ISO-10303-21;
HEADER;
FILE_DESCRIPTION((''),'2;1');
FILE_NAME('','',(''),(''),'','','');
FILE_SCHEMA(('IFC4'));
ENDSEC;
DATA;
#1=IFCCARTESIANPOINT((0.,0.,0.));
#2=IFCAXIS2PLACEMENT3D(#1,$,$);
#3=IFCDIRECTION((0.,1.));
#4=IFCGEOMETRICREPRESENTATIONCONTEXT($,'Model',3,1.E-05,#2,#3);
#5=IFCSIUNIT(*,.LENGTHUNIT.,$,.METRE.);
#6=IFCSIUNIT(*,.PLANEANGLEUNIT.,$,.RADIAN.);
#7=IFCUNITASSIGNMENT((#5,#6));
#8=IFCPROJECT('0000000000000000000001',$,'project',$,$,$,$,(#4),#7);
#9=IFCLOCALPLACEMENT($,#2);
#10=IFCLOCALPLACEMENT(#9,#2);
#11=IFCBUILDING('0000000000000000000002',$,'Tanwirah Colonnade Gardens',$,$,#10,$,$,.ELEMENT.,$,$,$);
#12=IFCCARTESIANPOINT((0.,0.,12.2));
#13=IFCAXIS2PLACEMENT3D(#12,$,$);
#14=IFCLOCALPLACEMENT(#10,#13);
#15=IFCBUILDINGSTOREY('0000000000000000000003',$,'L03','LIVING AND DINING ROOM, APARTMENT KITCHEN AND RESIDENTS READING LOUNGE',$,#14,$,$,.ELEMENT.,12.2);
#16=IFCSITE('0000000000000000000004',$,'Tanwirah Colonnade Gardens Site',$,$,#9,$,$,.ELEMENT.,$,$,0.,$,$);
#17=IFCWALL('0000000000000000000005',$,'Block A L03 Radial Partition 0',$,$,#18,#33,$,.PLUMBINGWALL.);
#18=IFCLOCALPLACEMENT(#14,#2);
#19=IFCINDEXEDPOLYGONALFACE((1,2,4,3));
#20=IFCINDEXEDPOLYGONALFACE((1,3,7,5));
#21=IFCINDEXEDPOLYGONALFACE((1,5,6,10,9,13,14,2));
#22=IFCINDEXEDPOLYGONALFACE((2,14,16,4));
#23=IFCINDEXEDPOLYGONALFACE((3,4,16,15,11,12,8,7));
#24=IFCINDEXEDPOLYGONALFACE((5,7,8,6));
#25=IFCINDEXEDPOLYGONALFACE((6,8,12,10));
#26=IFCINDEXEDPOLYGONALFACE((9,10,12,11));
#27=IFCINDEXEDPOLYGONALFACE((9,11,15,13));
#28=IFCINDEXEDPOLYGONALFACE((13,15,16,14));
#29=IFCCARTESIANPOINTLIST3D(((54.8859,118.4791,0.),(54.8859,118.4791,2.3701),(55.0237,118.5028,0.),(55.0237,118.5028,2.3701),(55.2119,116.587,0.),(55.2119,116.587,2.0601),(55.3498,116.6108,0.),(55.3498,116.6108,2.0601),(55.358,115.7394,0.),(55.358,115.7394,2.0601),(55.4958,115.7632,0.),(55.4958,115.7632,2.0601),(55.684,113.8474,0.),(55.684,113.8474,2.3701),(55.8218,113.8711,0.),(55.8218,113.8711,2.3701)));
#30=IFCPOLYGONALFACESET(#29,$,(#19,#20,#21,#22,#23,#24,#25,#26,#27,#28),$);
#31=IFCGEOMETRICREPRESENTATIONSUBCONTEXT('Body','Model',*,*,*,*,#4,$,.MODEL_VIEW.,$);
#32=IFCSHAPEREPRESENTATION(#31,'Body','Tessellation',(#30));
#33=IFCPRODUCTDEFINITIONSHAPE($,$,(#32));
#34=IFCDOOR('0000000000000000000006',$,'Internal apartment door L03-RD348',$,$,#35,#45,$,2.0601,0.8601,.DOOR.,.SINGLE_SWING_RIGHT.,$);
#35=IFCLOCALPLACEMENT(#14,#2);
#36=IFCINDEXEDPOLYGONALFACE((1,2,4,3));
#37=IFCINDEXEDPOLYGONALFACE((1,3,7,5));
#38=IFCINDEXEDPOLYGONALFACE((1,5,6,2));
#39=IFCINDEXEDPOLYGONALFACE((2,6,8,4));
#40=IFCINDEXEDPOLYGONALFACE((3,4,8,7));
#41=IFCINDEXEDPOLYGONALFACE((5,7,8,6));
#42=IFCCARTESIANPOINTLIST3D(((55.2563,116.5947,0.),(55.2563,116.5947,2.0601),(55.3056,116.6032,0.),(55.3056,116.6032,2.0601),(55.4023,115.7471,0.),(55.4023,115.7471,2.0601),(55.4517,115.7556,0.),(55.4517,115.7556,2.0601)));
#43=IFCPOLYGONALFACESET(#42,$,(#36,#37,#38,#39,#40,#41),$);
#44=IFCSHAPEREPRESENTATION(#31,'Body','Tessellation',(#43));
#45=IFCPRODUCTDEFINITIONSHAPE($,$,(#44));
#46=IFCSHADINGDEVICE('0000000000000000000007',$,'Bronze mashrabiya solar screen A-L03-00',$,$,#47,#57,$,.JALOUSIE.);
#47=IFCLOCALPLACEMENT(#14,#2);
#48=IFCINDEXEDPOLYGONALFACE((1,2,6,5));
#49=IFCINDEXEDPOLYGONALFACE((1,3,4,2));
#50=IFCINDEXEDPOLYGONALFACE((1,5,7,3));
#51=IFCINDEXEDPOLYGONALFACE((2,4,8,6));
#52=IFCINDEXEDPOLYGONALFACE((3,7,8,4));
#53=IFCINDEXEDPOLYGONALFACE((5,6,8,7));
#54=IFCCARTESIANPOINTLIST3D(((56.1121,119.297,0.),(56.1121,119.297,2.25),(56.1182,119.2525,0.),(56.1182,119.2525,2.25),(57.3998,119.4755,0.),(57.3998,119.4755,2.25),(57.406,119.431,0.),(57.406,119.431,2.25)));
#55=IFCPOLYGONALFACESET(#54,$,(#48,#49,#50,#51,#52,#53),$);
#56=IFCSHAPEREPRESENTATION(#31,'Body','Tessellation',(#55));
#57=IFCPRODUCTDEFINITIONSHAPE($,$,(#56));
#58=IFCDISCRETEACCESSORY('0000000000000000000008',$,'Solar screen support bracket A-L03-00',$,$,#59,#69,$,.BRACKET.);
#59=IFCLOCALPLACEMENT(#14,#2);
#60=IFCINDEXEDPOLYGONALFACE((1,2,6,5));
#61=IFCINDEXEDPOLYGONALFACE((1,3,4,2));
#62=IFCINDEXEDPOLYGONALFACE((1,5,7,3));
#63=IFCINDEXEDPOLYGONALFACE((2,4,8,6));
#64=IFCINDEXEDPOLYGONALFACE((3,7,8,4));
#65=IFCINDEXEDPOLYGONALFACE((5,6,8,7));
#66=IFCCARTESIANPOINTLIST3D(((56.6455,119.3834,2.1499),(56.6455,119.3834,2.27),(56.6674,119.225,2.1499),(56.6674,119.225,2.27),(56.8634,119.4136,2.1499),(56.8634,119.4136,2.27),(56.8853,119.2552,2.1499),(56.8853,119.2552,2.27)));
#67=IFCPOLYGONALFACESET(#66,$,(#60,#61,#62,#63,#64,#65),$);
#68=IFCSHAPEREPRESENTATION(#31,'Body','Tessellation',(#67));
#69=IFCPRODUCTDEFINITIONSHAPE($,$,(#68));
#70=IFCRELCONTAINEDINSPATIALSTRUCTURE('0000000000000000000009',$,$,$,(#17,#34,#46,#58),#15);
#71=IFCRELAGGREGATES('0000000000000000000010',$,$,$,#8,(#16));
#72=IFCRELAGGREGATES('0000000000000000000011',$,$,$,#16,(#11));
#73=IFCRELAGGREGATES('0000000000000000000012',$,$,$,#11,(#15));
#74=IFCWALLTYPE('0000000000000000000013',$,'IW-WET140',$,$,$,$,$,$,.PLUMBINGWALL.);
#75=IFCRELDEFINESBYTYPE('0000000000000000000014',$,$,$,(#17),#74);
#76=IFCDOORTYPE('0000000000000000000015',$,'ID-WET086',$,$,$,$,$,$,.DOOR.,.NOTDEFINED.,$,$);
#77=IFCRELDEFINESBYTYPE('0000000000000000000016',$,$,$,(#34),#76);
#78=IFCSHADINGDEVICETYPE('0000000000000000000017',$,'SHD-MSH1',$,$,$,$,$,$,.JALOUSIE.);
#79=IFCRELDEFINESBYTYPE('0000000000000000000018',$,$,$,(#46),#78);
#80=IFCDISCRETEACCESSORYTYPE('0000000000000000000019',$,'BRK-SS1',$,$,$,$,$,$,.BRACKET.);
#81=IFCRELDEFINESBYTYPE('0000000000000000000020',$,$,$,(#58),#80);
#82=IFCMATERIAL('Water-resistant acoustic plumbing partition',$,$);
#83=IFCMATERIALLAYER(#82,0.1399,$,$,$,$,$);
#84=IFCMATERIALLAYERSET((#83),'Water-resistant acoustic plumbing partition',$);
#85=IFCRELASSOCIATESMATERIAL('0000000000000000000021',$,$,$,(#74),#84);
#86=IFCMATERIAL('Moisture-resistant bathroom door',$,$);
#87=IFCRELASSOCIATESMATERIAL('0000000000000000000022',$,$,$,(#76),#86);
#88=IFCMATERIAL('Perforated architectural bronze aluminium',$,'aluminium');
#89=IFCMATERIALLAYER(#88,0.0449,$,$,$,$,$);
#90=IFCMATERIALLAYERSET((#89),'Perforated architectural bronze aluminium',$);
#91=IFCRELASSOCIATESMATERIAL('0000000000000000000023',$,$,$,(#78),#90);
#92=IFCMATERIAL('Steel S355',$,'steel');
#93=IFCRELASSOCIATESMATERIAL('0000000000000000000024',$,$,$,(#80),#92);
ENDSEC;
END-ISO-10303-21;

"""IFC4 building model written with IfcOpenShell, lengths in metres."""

from ifc_helpers import new_model, si_unit, direction, frame, frame_2d, origin, origin_2d, place, context, subcontext, project, spatial, rectangle, extrude, material, layer, layer_set, type_object, element, fill, save


model = new_model("IFC4")

# Units and contexts
model_context = context("Model", 3, precision=1e-05, world=origin(), true_north=direction((0.0, 1.0)))
body_context = subcontext(model_context, "Body", "Model", "MODEL_VIEW")
ifc_project = project(units=[si_unit("LENGTHUNIT", "METRE"), si_unit("PLANEANGLEUNIT", "RADIAN")], contexts=[model_context])

# Site, building, storey
site_placement = place(None, origin())
site = spatial("IfcSite", under=ifc_project, at=site_placement, Name="Tanwirah Colonnade Gardens Site", CompositionType="ELEMENT", RefElevation=0.0)
building_placement = place(site_placement, origin())
building = spatial("IfcBuilding", under=site, at=building_placement, Name="Tanwirah Colonnade Gardens", CompositionType="ELEMENT")
storey_placement = place(building_placement, frame((0.0, 0.0, 12.2)))
storey = spatial("IfcBuildingStorey", under=building, at=storey_placement, Name="L03", Description="LIVING AND DINING ROOM, APARTMENT KITCHEN AND RESIDENTS READING LOUNGE", CompositionType="ELEMENT", Elevation=12.2)

# Wall, opening, door
ifc_material_1 = material(Name="Water-resistant acoustic plumbing partition")
ifc_layer_1 = layer(ifc_material_1, 0.1399)
ifc_layer_set_1 = layer_set([ifc_layer_1], Name="Water-resistant acoustic plumbing partition")
wall_type_1 = type_object("IfcWallType", Name="IW-WET140", PredefinedType="PLUMBINGWALL", material=ifc_layer_set_1)
wall_1_placement = place(storey_placement, frame((55.7529, 113.8591, 0.0), z_axis=(0.0, 0.0, 1.0), x_axis=(-0.169813, 0.985476, 0.0)))
wall_1 = element("IfcWall", 1, at=wall_1_placement, inside=storey, type_object=wall_type_1, Name="Block A L03 Radial Partition 0", PredefinedType="PLUMBINGWALL", context=body_context, shape_type="SweptSolid", body=[
    extrude(rectangle(XDim=4.7, YDim=0.1399, at=frame_2d((2.3501, 0.0))), origin(), (0.0, 0.0, 1.0), 2.3701),
])
opening_1_placement = place(wall_1_placement, frame((1.9199, 0.0, 0.0)))
opening_1 = element("IfcOpeningElement", 2, at=opening_1_placement, cuts=wall_1, PredefinedType="OPENING", context=body_context, shape_type="SweptSolid", body=[
    extrude(rectangle(XDim=0.8601, YDim=2.0601, at=frame_2d((0.4302, 1.03))), frame((0.0, 0.0798, 0.0), z_axis=(0.0, -1.0, 0.0), x_axis=(1.0, 0.0, 0.0)), (0.0, 0.0, 1.0), 0.1599),
])
ifc_material_2 = material(Name="Moisture-resistant bathroom door")
door_type_1 = type_object("IfcDoorType", Name="ID-WET086", OperationType="NOTDEFINED", PredefinedType="DOOR", material=ifc_material_2)
door_1_placement = place(opening_1_placement, origin())
door_1 = element("IfcDoor", 3, at=door_1_placement, inside=storey, type_object=door_type_1, Name="Internal apartment door L03-RD348", OperationType="SINGLE_SWING_RIGHT", OverallHeight=2.0601, OverallWidth=0.8601, PredefinedType="DOOR", context=body_context, shape_type="SweptSolid", body=[
    extrude(rectangle(XDim=0.8601, YDim=2.0601, at=frame_2d((0.4302, 1.03))), frame((0.0, 0.0249, 0.0), z_axis=(0.0, -1.0, 0.0), x_axis=(1.0, 0.0, 0.0)), (0.0, 0.0, 1.0), 0.05),
])
fill(opening_1, door_1)

# Shading device
ifc_material_3 = material(Name="Perforated architectural bronze aluminium", Category="aluminium")
ifc_layer_2 = layer(ifc_material_3, 0.0449)
ifc_layer_set_2 = layer_set([ifc_layer_2], Name="Perforated architectural bronze aluminium")
shading_device_type = type_object("IfcShadingDeviceType", Name="SHD-MSH1", PredefinedType="JALOUSIE", material=ifc_layer_set_2)
shading_device_placement = place(storey_placement, frame((56.759, 119.364, 0.0), z_axis=(0.0, 0.0, 1.0), x_axis=(-0.990536, -0.137251, 0.0)))
element("IfcShadingDevice", 4, at=shading_device_placement, inside=storey, type_object=shading_device_type, Name="Bronze mashrabiya solar screen A-L03-00", PredefinedType="JALOUSIE", context=body_context, shape_type="SweptSolid", body=[
    extrude(rectangle(XDim=1.3, YDim=0.0449, at=origin_2d()), origin(), (0.0, 0.0, 1.0), 2.25),
])

# Discrete accessory
ifc_material_4 = material(Name="Steel S355", Category="steel")
discrete_accessory_type = type_object("IfcDiscreteAccessoryType", Name="BRK-SS1", PredefinedType="BRACKET", material=ifc_material_4)
discrete_accessory_placement = place(storey_placement, frame((56.7654, 119.3193, 2.1499), z_axis=(0.0, 0.0, 1.0), x_axis=(-0.990536, -0.137251, 0.0)))
element("IfcDiscreteAccessory", 5, at=discrete_accessory_placement, inside=storey, type_object=discrete_accessory_type, Name="Solar screen support bracket A-L03-00", PredefinedType="BRACKET", context=body_context, shape_type="SweptSolid", body=[
    extrude(rectangle(XDim=0.22, YDim=0.1599, at=origin_2d()), origin(), (0.0, 0.0, 1.0), 0.1201),
])

save(model, "model.ifc")
